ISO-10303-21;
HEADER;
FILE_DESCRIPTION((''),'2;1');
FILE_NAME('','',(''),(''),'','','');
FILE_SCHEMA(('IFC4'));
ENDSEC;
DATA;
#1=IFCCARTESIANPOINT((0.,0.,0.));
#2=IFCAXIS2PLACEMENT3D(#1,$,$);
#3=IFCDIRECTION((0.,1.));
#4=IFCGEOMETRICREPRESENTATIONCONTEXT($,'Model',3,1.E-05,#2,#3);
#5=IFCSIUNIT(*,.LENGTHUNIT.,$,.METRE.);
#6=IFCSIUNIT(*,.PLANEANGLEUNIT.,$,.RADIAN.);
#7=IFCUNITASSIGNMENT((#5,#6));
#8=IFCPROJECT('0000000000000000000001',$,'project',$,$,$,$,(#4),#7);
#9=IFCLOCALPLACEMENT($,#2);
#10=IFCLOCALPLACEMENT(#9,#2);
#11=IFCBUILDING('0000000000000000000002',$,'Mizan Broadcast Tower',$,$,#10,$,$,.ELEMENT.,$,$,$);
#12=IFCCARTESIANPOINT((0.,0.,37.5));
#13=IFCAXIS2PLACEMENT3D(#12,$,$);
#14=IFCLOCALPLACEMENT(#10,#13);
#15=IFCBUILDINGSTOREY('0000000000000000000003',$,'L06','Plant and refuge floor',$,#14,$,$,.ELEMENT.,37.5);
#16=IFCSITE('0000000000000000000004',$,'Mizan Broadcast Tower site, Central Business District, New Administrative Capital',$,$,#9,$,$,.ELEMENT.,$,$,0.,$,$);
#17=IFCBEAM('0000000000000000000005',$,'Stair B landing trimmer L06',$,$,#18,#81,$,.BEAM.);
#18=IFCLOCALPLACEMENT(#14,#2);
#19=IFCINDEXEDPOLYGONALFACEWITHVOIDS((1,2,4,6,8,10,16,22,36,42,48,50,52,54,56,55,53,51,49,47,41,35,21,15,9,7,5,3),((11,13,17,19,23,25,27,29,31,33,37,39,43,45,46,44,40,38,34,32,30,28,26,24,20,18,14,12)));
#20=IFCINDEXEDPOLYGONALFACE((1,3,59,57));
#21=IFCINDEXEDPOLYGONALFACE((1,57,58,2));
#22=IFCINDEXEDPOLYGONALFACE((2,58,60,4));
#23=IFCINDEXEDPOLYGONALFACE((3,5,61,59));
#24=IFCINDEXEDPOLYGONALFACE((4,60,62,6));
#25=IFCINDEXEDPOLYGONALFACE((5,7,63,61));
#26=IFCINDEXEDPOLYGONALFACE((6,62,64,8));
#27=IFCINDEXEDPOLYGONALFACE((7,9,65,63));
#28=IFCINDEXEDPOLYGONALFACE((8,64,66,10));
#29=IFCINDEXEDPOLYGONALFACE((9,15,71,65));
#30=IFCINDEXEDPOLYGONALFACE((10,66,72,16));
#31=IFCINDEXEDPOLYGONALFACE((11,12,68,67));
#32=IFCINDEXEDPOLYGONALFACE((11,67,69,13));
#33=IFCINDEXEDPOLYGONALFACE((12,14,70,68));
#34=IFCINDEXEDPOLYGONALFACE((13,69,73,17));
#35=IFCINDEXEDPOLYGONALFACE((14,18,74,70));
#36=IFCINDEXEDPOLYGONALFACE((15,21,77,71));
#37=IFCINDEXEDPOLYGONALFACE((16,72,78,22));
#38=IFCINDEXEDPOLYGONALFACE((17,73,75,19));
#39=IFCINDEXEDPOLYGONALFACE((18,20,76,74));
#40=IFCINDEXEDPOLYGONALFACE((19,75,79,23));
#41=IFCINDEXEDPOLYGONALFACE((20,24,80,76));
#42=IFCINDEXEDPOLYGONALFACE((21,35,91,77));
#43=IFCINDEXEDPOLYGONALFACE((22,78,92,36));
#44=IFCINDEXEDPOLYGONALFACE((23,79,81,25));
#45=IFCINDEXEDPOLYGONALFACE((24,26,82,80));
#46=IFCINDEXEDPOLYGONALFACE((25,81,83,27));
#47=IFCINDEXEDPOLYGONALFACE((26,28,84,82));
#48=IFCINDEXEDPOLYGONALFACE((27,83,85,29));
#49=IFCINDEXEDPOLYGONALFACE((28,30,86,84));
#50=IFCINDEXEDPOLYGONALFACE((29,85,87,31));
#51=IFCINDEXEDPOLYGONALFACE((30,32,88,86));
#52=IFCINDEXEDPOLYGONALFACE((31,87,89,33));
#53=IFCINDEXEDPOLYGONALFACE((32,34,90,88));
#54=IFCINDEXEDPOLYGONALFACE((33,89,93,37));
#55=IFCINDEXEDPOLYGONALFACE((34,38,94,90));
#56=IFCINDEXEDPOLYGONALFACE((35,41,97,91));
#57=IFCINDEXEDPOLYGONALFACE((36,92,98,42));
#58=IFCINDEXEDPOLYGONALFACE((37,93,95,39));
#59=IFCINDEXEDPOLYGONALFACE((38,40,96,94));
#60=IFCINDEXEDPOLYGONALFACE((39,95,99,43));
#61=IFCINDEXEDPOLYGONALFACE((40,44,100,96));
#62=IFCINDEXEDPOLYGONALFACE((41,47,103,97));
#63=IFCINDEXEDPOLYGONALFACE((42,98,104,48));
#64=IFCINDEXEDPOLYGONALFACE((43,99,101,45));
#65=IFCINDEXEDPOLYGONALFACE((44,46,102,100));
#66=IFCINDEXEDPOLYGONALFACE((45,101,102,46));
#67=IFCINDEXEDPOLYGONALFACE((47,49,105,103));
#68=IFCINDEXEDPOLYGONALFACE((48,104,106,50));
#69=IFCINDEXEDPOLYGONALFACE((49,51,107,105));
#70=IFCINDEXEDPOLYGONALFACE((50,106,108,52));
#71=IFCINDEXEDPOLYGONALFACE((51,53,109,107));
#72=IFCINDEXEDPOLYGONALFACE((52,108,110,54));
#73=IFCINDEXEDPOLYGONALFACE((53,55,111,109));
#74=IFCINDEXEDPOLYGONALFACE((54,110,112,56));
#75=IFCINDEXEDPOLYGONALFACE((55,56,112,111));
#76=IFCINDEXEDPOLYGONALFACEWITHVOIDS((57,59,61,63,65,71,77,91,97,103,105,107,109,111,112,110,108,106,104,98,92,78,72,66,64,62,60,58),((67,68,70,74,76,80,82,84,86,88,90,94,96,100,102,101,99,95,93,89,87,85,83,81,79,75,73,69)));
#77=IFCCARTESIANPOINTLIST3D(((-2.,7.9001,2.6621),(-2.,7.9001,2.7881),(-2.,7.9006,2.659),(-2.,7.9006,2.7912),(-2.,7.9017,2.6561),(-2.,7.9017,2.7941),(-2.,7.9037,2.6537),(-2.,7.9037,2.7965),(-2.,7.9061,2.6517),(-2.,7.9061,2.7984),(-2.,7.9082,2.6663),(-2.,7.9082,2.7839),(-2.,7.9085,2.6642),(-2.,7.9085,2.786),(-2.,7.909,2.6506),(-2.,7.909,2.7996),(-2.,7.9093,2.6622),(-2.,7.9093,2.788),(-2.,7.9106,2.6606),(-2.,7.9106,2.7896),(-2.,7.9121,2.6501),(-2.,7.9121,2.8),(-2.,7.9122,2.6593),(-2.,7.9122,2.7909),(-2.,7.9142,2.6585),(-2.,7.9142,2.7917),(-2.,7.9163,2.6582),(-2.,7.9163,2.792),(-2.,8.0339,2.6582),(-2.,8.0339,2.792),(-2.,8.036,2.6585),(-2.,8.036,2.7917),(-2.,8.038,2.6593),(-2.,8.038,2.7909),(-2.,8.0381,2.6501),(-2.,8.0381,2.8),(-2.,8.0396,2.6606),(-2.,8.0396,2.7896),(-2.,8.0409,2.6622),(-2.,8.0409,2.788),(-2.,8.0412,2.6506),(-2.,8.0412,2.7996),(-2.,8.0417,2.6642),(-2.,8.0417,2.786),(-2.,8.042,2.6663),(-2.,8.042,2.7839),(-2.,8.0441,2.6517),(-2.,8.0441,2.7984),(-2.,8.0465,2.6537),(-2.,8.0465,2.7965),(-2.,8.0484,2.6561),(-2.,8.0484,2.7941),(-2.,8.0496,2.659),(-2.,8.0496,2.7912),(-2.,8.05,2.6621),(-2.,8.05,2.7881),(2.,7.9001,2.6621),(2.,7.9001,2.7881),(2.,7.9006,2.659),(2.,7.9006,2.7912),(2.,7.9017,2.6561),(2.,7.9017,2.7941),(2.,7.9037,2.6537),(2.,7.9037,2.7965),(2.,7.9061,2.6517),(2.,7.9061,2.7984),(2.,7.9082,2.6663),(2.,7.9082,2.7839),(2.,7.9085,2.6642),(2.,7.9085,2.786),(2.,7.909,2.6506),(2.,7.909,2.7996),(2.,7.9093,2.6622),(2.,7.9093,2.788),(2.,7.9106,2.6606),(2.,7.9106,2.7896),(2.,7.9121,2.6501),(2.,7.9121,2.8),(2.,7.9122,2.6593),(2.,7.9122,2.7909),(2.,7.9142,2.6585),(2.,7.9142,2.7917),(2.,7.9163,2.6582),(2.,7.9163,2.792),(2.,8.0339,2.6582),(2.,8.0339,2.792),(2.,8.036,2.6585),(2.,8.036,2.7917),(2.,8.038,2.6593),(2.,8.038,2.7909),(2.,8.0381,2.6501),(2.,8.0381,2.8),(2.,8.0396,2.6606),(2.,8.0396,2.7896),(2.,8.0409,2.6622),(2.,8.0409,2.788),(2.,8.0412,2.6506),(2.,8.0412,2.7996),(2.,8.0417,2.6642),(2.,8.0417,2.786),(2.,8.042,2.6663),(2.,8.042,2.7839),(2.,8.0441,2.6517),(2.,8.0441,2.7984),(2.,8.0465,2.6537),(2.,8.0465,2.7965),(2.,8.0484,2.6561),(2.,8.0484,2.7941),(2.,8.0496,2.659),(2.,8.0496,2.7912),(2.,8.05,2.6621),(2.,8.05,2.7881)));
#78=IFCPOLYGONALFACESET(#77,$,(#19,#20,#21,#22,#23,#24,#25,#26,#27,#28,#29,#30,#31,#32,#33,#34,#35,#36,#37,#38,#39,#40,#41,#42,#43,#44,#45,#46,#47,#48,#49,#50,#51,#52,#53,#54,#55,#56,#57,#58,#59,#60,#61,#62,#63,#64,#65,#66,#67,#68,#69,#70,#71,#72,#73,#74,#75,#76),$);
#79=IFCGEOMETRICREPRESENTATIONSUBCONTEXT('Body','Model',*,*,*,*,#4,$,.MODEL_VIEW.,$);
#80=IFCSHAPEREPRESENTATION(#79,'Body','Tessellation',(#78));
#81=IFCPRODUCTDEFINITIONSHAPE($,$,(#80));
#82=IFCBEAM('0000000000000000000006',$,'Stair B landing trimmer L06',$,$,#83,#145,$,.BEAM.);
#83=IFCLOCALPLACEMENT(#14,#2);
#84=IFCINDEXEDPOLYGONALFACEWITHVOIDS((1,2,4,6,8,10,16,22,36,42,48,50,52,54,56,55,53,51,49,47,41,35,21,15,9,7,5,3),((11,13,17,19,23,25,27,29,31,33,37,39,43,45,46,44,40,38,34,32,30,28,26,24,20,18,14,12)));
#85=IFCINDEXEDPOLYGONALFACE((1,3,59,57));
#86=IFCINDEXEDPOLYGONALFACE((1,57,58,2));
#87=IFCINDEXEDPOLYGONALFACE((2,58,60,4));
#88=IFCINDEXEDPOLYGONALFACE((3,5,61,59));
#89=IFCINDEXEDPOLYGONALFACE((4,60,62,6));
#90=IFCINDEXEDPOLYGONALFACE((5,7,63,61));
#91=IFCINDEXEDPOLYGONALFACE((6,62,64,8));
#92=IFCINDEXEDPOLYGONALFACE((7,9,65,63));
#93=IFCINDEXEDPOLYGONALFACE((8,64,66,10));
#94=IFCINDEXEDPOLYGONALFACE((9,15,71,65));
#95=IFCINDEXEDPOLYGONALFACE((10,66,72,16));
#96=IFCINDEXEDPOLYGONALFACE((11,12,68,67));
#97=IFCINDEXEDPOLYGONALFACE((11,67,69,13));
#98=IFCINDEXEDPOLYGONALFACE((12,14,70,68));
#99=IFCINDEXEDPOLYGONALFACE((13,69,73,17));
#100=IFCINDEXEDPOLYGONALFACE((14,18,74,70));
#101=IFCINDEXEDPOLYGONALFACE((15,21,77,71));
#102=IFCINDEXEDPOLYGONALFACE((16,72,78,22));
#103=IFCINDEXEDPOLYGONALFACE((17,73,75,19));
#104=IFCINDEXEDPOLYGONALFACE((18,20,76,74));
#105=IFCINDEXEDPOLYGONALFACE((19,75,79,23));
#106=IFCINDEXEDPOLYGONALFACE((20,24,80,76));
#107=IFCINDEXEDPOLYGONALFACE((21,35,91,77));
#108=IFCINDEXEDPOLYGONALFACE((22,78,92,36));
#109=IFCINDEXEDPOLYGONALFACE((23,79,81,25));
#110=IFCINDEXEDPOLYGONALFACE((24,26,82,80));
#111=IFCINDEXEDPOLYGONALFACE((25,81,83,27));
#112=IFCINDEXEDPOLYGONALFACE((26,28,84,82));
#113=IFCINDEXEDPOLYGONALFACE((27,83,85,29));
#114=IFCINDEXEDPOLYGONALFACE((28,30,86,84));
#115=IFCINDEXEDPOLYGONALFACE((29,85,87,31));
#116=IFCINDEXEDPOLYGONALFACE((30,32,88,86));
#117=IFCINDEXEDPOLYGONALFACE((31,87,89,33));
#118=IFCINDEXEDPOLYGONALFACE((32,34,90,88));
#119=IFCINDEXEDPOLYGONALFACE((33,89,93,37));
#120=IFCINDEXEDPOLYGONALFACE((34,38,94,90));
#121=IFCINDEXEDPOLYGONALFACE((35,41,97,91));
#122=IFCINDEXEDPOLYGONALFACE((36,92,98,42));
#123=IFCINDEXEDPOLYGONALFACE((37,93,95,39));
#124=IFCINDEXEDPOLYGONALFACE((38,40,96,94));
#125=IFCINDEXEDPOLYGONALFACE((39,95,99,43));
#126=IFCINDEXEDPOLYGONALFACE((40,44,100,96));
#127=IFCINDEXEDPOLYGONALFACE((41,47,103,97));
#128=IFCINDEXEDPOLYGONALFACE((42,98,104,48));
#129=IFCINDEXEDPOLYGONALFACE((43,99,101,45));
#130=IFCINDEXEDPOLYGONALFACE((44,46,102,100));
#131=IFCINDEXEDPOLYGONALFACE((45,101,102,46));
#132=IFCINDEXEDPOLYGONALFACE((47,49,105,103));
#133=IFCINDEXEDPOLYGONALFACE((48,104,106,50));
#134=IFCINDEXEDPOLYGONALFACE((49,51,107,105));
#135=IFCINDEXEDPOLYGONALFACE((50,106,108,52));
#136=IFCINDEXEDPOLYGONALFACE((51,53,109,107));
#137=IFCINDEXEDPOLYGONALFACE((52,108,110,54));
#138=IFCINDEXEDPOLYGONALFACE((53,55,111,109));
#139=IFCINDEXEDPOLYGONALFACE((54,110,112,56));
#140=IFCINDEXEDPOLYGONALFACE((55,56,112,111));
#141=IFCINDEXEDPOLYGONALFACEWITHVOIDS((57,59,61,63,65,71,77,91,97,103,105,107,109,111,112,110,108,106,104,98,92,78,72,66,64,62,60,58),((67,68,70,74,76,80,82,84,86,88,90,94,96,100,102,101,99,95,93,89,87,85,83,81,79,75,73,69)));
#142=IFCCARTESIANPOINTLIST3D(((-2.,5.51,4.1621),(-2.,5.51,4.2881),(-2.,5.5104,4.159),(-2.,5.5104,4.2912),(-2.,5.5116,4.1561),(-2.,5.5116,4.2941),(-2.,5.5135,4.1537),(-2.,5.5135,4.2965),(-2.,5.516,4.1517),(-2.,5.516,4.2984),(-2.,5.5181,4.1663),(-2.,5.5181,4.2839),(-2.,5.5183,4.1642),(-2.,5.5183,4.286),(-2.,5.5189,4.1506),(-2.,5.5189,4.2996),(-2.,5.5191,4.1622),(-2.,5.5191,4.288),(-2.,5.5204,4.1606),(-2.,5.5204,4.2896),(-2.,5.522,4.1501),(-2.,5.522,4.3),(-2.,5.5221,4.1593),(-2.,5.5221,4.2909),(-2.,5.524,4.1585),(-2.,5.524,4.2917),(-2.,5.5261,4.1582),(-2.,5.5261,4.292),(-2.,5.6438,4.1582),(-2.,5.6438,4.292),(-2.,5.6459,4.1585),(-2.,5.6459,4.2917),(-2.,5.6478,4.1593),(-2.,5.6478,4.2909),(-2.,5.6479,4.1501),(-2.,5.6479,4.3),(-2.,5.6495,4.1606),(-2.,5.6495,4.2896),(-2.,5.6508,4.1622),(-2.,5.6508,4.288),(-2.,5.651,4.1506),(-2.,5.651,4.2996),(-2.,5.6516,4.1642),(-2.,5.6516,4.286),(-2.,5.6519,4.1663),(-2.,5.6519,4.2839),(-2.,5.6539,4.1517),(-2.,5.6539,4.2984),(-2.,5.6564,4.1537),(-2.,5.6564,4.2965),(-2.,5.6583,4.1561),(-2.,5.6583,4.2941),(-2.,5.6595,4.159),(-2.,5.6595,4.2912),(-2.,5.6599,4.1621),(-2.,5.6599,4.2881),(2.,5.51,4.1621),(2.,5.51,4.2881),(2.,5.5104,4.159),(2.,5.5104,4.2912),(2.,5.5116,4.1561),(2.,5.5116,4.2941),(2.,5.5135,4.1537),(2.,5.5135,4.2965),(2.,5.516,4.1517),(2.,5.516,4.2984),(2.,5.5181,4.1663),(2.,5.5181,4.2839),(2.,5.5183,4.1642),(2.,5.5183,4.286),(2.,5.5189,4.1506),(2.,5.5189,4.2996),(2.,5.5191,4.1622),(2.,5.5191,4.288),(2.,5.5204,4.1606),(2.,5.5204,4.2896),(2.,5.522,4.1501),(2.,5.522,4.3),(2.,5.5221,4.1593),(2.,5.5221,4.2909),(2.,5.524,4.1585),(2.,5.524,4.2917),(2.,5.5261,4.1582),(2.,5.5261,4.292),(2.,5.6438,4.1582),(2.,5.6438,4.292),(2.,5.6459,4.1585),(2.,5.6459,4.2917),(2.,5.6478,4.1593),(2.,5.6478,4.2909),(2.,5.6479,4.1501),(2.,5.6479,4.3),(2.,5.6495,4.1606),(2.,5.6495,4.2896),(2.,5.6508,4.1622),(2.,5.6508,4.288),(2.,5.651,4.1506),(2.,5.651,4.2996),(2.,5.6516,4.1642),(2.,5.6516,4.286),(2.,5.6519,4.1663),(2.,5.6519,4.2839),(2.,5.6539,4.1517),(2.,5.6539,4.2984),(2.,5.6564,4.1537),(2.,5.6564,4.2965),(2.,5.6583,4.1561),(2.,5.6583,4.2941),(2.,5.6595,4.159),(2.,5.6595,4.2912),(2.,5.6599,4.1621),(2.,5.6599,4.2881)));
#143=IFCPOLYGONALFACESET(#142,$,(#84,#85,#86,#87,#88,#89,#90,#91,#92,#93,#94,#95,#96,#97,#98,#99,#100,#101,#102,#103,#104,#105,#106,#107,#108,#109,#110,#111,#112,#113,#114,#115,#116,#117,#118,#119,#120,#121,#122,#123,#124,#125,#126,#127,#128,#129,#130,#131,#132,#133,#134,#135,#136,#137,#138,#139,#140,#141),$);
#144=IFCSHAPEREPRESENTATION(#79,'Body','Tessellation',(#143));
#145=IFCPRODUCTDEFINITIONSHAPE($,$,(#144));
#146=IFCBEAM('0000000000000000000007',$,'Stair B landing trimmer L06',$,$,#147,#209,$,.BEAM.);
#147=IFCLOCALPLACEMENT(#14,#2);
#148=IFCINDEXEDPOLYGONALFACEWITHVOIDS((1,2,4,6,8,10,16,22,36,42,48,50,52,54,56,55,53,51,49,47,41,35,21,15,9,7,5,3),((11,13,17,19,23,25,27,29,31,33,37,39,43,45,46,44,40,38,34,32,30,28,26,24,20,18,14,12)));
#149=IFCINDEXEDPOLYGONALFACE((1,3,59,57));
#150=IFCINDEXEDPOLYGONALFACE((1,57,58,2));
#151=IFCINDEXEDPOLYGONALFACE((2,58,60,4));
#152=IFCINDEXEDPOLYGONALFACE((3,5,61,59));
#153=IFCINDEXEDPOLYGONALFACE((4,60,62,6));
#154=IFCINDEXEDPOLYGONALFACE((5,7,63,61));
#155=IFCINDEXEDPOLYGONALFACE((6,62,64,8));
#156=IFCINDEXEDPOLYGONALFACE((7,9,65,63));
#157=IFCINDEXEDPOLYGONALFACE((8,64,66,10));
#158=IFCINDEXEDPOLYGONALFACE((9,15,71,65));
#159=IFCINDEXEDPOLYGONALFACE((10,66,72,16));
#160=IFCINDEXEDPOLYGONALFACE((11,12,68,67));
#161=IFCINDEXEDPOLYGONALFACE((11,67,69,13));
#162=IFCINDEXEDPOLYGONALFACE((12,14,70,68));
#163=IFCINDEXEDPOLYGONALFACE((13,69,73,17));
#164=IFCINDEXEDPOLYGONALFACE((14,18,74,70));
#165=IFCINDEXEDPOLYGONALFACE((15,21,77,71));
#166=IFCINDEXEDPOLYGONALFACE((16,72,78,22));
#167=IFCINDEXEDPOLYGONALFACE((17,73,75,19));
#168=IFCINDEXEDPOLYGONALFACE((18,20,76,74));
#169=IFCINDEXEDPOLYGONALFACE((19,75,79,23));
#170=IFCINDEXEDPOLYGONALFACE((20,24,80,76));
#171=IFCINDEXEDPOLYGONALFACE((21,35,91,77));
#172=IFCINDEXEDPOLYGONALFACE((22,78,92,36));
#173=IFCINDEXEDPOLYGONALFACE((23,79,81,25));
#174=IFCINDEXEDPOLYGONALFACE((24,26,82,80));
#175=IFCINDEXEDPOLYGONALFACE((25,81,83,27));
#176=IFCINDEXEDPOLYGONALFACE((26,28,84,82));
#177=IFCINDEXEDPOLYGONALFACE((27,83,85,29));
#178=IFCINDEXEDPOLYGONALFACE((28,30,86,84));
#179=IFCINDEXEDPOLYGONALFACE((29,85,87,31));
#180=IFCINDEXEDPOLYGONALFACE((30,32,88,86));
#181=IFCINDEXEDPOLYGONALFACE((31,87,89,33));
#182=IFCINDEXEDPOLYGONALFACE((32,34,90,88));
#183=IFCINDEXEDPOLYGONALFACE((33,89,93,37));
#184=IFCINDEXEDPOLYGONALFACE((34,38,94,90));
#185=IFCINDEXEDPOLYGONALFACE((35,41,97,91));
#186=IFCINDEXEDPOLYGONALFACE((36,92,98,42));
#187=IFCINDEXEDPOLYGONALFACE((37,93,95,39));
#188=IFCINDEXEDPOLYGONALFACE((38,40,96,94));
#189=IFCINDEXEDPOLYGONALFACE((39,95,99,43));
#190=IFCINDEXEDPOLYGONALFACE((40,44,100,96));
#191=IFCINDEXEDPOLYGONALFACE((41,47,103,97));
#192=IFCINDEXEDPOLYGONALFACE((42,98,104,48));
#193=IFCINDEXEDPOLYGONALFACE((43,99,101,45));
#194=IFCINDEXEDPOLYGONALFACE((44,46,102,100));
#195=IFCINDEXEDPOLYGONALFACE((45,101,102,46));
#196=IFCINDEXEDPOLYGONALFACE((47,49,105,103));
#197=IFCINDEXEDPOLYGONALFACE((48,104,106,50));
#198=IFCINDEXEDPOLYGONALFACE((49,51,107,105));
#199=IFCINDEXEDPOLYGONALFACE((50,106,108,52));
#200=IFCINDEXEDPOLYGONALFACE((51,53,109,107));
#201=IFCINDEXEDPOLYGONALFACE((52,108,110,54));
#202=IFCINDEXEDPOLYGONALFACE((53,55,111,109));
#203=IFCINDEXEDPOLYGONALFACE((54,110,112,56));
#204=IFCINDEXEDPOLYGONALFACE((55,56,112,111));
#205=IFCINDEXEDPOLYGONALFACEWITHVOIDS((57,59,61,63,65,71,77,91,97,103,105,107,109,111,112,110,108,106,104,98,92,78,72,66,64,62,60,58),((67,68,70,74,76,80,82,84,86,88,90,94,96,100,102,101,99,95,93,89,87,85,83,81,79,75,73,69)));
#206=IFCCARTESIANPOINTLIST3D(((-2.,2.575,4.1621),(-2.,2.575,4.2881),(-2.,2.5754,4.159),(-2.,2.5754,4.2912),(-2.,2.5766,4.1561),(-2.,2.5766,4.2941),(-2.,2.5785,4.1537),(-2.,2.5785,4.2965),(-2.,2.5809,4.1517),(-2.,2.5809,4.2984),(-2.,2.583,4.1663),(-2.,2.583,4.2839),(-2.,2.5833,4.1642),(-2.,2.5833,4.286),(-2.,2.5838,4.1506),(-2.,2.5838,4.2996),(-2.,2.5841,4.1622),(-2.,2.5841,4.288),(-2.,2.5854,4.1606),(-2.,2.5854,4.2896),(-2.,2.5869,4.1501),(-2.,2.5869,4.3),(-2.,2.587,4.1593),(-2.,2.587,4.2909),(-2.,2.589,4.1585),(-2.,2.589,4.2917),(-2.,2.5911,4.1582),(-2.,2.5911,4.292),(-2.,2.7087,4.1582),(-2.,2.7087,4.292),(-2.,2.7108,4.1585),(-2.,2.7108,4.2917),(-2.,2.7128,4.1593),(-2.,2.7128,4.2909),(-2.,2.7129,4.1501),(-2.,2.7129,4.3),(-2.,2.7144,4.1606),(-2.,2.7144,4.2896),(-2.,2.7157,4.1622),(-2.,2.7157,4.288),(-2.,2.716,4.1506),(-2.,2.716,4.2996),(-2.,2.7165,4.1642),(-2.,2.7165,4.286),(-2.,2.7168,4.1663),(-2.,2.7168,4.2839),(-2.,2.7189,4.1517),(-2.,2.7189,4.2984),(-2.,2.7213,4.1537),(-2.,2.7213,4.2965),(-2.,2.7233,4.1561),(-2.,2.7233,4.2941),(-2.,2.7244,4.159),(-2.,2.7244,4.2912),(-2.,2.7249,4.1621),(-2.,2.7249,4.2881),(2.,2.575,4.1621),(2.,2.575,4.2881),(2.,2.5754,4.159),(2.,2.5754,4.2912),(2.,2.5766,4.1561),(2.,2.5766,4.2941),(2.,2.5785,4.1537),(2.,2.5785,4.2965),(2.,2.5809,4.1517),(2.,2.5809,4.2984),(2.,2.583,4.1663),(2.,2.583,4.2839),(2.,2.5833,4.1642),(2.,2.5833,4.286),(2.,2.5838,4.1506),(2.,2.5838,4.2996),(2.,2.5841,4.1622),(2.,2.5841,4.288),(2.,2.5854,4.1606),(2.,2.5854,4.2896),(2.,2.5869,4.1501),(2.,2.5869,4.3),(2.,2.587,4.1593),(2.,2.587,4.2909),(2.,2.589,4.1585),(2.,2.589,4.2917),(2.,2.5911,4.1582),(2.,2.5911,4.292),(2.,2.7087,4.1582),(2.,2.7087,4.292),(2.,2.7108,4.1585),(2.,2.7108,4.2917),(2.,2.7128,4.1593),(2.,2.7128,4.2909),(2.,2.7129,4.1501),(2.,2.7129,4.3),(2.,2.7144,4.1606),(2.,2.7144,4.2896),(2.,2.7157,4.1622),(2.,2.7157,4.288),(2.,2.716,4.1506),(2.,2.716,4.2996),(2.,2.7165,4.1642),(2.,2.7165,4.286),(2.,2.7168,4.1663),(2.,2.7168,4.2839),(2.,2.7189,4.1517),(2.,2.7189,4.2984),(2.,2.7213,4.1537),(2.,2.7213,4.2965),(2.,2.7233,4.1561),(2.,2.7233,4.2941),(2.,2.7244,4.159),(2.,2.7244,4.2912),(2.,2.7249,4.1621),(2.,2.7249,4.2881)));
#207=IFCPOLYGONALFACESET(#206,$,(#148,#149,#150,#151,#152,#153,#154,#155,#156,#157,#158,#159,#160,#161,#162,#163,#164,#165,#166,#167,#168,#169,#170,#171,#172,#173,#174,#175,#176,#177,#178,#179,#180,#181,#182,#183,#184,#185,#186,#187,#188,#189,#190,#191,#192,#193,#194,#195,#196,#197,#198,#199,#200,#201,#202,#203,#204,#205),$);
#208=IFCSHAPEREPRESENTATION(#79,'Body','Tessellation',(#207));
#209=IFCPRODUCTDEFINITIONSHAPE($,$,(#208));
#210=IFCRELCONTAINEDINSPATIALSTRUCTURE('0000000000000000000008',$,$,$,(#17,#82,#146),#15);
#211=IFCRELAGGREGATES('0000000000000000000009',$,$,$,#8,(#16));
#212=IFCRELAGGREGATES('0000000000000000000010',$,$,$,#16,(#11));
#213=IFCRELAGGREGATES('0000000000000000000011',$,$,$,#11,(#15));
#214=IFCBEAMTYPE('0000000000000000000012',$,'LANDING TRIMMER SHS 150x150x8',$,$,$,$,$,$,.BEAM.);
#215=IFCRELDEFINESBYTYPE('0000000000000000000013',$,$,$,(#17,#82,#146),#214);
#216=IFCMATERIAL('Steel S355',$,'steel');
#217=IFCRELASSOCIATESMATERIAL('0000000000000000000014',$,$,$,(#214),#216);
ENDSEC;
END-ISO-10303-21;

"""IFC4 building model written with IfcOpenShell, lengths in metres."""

from ifc_helpers import new_model, si_unit, direction, frame, origin, origin_2d, place, context, subcontext, project, spatial, hollow_rectangle, extrude, material, material_profile, profile_set, type_object, element, save


model = new_model("IFC4")

# Units and contexts
model_context = context("Model", 3, precision=1e-05, world=origin(), true_north=direction((0.0, 1.0)))
body_context = subcontext(model_context, "Body", "Model", "MODEL_VIEW")
ifc_project = project(units=[si_unit("LENGTHUNIT", "METRE"), si_unit("PLANEANGLEUNIT", "RADIAN")], contexts=[model_context])

# Site, building, storey
site_placement = place(None, origin())
site = spatial("IfcSite", under=ifc_project, at=site_placement, Name="Mizan Broadcast Tower site, Central Business District, New Administrative Capital", CompositionType="ELEMENT", RefElevation=0.0)
building_placement = place(site_placement, origin())
building = spatial("IfcBuilding", under=site, at=building_placement, Name="Mizan Broadcast Tower", CompositionType="ELEMENT")
storey_placement = place(building_placement, frame((0.0, 0.0, 37.5)))
storey = spatial("IfcBuildingStorey", under=building, at=storey_placement, Name="L06", Description="Plant and refuge floor", CompositionType="ELEMENT", Elevation=37.5)

# Beams
ifc_material_1 = material(Name="Steel S355", Category="steel")
ifc_material_profile_1 = material_profile(ifc_material_1, hollow_rectangle(XDim=0.1499, YDim=0.1499, WallThickness=0.0081, InnerFilletRadius=0.0081, OuterFilletRadius=0.012, at=origin_2d()), Name="SHS 150x150x8")
ifc_profile_set_1 = profile_set([ifc_material_profile_1], Name="Steel S355")
beam_type_1 = type_object("IfcBeamType", Name="LANDING TRIMMER SHS 150x150x8", PredefinedType="BEAM", material=ifc_profile_set_1)
for number, where, z_axis, x_axis, name in (
    (1, (2.0, 7.9751, 2.7251), (-1.0, 0.0, 0.0), (0.0, -1.0, 0.0), "Stair B landing trimmer L06"),
    (2, (2.0, 5.585, 4.2251), (-1.0, 0.0, 0.0), (0.0, -1.0, 0.0), "Stair B landing trimmer L06"),
    (3, (2.0, 2.6499, 4.2251), (-1.0, 0.0, 0.0), (0.0, -1.0, 0.0), "Stair B landing trimmer L06"),
):
    element("IfcBeam", number, at=place(storey_placement, frame(where, z_axis=z_axis, x_axis=x_axis)), inside=storey, type_object=beam_type_1, Name=name, PredefinedType="BEAM", context=body_context, shape_type="SweptSolid", body=[
        extrude(hollow_rectangle(XDim=0.1499, YDim=0.1499, WallThickness=0.0081, InnerFilletRadius=0.0081, OuterFilletRadius=0.012, at=origin_2d()), origin(), (0.0, 0.0, 1.0), 4.0),
    ])

save(model, "model.ifc")
